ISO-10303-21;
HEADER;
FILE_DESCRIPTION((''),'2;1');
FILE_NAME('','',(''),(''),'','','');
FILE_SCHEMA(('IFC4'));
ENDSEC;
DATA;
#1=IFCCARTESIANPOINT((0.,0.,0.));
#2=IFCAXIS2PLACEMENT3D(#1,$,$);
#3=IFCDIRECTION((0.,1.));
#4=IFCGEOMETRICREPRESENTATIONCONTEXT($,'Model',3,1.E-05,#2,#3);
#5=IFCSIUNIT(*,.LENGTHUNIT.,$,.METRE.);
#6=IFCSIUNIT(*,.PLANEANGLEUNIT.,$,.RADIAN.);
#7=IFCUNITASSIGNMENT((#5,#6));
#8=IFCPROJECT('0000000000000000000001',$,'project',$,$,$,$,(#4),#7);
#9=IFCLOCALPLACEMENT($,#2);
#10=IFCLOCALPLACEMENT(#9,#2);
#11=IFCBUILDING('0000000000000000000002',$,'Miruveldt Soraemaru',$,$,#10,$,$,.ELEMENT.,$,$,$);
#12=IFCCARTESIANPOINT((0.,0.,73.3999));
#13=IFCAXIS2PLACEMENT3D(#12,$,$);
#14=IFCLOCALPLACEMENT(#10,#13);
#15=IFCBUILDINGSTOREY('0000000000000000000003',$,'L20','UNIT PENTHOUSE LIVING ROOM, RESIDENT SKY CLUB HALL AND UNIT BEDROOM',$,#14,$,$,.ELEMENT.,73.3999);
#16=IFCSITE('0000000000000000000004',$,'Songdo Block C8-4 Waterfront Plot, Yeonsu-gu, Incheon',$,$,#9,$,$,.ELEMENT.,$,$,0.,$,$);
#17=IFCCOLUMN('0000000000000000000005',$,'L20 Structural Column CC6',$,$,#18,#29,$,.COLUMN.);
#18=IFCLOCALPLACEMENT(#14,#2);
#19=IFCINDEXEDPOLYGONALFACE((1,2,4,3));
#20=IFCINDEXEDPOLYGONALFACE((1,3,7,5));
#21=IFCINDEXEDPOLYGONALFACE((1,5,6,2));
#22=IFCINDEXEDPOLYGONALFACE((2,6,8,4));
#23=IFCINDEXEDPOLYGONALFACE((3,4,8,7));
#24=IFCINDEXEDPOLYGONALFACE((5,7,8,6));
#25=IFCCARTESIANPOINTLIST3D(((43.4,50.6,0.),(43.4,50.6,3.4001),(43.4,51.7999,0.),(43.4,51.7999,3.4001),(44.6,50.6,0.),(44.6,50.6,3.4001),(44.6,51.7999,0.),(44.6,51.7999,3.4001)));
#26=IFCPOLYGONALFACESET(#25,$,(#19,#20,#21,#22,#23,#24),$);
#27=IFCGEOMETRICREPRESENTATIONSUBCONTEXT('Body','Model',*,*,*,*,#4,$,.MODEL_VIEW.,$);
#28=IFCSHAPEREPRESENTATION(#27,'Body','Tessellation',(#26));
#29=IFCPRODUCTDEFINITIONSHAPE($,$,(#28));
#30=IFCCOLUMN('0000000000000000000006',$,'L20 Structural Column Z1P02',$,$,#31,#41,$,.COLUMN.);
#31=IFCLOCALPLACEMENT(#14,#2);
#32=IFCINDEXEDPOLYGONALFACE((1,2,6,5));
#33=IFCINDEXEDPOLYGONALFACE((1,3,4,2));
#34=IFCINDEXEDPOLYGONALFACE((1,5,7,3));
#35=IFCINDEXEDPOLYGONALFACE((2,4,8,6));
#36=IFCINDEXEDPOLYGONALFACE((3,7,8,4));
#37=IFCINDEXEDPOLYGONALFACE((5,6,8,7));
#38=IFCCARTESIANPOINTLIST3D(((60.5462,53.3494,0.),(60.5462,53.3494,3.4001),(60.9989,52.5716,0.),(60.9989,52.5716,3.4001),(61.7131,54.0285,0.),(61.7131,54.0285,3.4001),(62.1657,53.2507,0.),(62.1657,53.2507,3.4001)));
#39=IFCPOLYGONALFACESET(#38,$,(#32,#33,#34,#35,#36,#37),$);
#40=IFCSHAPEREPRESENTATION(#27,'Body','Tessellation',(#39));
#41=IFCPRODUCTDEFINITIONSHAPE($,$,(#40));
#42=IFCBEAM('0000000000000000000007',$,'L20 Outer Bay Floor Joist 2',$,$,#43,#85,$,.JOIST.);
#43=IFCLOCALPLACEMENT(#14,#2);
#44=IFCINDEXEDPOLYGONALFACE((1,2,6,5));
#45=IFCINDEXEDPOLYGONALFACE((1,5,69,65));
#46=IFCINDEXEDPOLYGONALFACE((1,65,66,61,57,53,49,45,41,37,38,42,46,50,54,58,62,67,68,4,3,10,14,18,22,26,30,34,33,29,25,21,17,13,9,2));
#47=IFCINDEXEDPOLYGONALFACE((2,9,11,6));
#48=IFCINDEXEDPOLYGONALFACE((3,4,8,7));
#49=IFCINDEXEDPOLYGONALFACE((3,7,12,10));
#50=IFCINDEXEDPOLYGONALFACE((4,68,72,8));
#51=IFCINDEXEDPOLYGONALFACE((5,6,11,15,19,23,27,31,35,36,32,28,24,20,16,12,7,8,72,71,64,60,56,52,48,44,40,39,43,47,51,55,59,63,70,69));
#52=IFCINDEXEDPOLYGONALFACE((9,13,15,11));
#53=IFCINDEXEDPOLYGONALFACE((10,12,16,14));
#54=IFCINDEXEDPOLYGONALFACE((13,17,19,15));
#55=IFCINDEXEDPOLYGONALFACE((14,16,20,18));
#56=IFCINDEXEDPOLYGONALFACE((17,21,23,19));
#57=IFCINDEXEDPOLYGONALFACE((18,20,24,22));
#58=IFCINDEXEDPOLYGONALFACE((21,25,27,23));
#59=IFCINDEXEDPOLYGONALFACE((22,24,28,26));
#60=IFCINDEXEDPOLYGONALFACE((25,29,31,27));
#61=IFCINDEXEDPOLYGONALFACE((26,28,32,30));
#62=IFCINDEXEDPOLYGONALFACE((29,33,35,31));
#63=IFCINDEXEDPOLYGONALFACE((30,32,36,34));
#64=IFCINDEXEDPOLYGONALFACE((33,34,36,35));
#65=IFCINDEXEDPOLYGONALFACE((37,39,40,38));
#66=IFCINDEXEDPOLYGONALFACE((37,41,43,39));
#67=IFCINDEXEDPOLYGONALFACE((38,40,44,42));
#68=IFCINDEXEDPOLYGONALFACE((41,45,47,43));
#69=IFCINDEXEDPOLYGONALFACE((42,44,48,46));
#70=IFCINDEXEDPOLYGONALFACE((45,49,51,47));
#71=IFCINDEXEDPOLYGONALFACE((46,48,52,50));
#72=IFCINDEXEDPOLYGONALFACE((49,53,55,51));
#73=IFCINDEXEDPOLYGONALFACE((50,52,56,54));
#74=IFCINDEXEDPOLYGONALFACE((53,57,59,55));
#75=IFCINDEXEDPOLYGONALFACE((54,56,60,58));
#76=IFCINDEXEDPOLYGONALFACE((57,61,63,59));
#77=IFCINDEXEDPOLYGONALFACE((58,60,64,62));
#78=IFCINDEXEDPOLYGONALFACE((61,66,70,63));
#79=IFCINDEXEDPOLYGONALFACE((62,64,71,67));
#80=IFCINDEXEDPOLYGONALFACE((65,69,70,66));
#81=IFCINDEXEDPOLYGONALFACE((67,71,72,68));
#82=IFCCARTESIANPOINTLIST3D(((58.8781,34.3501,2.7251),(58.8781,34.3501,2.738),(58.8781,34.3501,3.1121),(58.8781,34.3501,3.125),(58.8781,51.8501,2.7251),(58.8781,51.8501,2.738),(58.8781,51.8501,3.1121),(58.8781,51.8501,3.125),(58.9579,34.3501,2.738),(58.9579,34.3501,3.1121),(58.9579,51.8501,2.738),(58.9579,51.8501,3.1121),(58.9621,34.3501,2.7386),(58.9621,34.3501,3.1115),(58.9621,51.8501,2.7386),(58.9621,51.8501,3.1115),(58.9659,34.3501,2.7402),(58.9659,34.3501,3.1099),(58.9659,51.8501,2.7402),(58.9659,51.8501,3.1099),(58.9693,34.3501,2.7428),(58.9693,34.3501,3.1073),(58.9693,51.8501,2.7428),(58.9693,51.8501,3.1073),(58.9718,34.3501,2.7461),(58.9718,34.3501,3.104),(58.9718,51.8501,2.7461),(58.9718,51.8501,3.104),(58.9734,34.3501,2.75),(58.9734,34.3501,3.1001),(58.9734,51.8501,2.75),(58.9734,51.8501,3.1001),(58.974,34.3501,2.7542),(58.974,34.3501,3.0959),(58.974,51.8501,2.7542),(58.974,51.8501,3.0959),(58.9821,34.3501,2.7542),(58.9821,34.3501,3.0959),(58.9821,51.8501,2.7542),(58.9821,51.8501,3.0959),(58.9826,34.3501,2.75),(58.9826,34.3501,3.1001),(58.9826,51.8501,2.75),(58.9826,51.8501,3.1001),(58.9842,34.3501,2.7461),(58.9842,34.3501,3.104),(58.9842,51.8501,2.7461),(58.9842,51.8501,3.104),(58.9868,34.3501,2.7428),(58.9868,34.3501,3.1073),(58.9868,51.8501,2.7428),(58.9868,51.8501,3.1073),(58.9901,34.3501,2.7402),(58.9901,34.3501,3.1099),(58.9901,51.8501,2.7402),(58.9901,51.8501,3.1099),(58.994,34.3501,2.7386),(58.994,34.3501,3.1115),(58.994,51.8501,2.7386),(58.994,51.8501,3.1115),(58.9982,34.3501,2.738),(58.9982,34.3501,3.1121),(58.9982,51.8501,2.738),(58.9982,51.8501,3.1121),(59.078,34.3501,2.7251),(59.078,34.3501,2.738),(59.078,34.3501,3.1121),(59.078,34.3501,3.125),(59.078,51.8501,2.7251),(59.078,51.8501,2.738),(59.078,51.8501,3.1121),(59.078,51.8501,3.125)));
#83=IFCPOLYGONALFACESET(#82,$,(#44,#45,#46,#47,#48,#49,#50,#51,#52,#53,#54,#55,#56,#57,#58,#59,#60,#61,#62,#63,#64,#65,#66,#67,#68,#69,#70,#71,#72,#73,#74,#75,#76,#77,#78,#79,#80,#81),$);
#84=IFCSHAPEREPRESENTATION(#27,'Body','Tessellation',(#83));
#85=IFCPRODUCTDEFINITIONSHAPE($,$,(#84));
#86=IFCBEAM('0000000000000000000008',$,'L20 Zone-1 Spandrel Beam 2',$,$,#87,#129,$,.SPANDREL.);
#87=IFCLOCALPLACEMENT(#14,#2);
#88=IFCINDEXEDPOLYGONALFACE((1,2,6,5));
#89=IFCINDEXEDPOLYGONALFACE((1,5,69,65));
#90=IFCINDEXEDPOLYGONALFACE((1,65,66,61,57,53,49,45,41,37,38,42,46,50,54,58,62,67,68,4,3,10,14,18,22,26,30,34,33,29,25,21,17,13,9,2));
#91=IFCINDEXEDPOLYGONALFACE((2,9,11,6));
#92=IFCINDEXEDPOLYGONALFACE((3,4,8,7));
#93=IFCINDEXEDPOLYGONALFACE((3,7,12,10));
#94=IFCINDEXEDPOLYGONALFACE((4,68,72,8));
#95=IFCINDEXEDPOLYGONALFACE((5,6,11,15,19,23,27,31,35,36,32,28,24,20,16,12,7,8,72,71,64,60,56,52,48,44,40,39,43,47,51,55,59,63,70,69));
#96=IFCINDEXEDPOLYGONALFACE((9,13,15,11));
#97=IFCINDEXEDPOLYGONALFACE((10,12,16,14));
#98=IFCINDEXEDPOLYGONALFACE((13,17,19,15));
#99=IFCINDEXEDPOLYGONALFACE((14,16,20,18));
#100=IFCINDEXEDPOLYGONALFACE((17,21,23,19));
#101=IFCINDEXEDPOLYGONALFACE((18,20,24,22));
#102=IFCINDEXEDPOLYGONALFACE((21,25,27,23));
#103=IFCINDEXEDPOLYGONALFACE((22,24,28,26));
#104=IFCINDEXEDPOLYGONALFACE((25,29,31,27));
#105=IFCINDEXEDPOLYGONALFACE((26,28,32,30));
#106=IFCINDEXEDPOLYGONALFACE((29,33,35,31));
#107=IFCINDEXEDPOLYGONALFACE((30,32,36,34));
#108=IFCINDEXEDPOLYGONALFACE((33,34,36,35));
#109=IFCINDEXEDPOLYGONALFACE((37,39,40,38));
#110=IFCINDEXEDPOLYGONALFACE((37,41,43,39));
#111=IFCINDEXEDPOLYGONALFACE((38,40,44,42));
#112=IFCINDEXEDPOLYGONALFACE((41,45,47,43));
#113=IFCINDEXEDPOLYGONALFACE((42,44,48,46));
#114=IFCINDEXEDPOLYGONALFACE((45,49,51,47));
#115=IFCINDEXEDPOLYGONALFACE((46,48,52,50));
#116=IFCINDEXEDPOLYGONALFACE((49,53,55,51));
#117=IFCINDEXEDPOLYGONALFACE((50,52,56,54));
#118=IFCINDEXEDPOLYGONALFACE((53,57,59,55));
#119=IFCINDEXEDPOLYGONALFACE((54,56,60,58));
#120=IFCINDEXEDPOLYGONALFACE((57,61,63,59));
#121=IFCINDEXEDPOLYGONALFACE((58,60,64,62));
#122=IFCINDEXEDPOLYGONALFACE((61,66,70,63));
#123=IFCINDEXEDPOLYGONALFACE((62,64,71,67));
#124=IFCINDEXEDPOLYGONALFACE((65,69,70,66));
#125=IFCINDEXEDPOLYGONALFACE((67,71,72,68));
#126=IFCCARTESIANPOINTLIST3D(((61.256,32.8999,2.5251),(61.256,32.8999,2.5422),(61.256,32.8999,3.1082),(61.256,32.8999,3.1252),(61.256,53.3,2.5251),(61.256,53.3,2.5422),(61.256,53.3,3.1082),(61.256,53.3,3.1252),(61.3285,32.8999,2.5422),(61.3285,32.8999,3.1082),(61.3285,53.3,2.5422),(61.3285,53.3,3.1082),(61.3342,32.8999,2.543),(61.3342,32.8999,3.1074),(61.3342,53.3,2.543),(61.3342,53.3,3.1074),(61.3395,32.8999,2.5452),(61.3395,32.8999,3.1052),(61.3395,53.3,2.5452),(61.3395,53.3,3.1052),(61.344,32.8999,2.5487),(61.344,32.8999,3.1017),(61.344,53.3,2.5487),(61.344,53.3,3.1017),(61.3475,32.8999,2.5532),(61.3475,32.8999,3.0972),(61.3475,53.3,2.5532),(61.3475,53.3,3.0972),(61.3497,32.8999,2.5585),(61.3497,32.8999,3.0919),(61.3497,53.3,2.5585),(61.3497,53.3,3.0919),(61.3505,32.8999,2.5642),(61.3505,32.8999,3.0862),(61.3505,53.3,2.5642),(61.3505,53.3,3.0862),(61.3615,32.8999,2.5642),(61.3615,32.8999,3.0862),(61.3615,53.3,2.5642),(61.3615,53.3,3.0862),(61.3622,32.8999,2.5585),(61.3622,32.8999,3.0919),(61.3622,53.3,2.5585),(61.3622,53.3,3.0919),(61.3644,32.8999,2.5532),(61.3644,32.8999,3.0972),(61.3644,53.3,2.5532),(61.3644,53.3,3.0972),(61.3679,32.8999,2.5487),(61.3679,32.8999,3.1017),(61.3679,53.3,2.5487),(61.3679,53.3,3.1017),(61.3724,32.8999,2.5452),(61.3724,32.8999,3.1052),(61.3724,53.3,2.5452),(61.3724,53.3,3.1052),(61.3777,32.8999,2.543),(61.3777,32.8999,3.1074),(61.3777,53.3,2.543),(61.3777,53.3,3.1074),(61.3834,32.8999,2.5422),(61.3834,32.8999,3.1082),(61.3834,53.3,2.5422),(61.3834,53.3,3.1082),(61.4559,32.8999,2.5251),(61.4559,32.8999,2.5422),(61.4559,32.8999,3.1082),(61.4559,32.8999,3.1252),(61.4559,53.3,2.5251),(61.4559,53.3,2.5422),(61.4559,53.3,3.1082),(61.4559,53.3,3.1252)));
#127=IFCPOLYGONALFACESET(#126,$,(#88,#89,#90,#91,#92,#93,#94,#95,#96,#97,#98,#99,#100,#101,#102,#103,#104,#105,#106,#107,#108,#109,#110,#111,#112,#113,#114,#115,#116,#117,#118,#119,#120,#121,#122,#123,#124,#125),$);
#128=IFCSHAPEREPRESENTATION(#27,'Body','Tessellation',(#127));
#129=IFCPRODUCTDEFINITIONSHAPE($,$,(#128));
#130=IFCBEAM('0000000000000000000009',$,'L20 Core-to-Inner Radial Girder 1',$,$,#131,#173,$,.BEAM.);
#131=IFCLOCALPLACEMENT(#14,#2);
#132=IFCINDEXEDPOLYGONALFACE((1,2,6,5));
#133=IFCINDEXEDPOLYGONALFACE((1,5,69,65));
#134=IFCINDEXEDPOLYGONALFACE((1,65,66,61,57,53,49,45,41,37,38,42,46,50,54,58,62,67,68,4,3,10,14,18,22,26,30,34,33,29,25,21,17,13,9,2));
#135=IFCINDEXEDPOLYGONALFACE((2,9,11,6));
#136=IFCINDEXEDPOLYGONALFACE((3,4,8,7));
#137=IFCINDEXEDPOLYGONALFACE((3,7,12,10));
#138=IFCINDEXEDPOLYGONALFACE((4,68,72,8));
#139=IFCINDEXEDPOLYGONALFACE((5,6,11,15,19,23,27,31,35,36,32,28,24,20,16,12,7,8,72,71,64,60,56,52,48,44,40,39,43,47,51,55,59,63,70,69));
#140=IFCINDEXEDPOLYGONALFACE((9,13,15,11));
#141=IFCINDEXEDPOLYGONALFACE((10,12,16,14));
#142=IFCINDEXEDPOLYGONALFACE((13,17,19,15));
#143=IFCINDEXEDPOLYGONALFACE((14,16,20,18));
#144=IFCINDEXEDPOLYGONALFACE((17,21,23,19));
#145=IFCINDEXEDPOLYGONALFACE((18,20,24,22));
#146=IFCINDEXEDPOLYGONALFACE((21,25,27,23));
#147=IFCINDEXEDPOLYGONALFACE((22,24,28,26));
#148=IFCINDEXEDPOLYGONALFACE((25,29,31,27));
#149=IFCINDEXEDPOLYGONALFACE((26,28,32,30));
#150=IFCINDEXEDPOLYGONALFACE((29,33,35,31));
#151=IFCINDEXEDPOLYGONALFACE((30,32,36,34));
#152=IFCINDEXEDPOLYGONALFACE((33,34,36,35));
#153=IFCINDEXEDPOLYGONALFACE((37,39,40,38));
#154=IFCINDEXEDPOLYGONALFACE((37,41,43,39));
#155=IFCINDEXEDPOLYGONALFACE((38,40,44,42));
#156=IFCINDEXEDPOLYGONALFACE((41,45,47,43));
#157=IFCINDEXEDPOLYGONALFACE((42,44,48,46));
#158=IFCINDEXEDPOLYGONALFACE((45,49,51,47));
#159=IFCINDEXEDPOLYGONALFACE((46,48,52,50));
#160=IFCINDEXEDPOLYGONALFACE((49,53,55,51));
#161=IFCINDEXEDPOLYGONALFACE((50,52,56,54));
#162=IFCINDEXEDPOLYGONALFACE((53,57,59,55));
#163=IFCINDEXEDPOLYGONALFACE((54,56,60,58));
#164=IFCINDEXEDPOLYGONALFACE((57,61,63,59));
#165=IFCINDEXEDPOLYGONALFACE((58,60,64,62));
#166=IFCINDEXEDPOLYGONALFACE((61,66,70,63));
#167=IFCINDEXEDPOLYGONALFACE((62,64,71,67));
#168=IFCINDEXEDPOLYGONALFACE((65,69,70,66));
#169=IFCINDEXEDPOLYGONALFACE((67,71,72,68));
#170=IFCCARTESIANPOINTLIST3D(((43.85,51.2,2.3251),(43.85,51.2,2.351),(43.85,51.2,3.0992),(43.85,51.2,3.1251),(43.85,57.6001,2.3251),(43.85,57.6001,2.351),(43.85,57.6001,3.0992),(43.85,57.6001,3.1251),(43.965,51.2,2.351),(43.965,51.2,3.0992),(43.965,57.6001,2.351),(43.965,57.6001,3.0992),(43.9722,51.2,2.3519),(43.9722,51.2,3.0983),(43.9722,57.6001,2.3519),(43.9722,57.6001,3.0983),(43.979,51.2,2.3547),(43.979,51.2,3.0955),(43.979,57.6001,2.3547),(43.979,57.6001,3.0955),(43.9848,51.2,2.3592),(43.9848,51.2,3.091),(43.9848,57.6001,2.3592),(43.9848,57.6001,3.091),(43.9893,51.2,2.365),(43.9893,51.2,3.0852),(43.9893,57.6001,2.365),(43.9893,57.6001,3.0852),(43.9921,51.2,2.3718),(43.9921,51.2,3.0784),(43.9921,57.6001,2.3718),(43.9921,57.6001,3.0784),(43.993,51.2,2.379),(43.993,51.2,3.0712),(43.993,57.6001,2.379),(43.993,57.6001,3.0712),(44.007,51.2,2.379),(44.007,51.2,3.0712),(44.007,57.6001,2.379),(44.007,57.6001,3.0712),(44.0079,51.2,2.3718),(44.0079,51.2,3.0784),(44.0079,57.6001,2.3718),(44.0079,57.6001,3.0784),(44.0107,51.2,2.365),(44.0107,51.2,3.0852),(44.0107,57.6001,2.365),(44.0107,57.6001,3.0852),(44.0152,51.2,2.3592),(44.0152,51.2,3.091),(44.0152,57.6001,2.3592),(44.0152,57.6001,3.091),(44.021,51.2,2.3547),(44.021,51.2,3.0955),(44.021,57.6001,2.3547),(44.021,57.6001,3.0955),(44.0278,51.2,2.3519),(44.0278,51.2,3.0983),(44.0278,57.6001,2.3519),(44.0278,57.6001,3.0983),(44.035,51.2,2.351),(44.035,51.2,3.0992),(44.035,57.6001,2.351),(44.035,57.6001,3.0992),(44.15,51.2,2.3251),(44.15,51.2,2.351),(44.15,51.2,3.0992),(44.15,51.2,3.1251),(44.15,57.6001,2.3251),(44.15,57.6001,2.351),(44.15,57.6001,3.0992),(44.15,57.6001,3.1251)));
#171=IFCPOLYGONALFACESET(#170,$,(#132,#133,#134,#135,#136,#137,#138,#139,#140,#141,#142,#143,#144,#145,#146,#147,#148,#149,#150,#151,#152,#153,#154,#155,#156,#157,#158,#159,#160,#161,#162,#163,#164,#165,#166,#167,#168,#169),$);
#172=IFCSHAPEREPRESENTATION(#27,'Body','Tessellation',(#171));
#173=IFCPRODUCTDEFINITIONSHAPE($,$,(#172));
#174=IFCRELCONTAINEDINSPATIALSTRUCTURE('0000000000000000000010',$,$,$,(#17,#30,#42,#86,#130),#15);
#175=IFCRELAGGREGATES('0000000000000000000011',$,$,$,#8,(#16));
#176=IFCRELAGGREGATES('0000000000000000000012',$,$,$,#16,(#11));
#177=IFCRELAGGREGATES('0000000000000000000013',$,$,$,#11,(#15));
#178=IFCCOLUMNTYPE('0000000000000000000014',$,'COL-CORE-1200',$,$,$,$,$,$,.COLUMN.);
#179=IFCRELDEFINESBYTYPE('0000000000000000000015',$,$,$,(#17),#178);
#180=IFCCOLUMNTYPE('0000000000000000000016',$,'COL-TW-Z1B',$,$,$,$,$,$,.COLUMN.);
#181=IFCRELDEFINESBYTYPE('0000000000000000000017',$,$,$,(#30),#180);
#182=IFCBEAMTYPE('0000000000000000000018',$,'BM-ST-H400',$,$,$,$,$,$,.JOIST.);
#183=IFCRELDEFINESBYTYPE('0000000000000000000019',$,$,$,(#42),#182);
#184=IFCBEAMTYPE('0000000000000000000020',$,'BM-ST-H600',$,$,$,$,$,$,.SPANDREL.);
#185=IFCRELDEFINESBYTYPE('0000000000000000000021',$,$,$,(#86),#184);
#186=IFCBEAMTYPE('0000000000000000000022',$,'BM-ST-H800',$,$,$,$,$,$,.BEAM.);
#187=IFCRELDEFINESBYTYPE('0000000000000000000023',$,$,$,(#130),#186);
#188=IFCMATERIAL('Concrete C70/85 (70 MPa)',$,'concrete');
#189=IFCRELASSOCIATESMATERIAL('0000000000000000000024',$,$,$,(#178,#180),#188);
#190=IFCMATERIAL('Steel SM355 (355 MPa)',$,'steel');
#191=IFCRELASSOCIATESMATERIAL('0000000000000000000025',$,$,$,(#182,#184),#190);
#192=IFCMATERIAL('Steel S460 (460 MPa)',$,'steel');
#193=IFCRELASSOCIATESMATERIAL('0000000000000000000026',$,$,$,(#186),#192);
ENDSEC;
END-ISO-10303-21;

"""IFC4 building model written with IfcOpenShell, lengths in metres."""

from ifc_helpers import new_model, si_unit, direction, frame, origin, origin_2d, place, context, subcontext, project, spatial, rectangle, i_section, extrude, material, material_profile, profile_set, type_object, element, save


model = new_model("IFC4")

# Units and contexts
model_context = context("Model", 3, precision=1e-05, world=origin(), true_north=direction((0.0, 1.0)))
body_context = subcontext(model_context, "Body", "Model", "MODEL_VIEW")
ifc_project = project(units=[si_unit("LENGTHUNIT", "METRE"), si_unit("PLANEANGLEUNIT", "RADIAN")], contexts=[model_context])

# Site, building, storey
site_placement = place(None, origin())
site = spatial("IfcSite", under=ifc_project, at=site_placement, Name="Songdo Block C8-4 Waterfront Plot, Yeonsu-gu, Incheon", CompositionType="ELEMENT", RefElevation=0.0)
building_placement = place(site_placement, origin())
building = spatial("IfcBuilding", under=site, at=building_placement, Name="Miruveldt Soraemaru", CompositionType="ELEMENT")
storey_placement = place(building_placement, frame((0.0, 0.0, 73.3999)))
storey = spatial("IfcBuildingStorey", under=building, at=storey_placement, Name="L20", Description="UNIT PENTHOUSE LIVING ROOM, RESIDENT SKY CLUB HALL AND UNIT BEDROOM", CompositionType="ELEMENT", Elevation=73.3999)

# Columns
ifc_material_1 = material(Name="Concrete C70/85 (70 MPa)", Category="concrete")
ifc_material_profile_1 = material_profile(ifc_material_1, rectangle(XDim=1.2, YDim=1.2, at=origin_2d()), Name="Concrete C70/85 (70 MPa)", Category="concrete")
ifc_profile_set_1 = profile_set([ifc_material_profile_1], Name="Concrete C70/85 (70 MPa)")
column_type_1 = type_object("IfcColumnType", Name="COL-CORE-1200", PredefinedType="COLUMN", material=ifc_profile_set_1)
column_1_placement = place(storey_placement, frame((44.0, 51.2, 0.0), z_axis=(0.0, 0.0, 1.0), x_axis=(1.0, 0.0, 0.0)))
element("IfcColumn", 1, at=column_1_placement, inside=storey, type_object=column_type_1, Name="L20 Structural Column CC6", PredefinedType="COLUMN", context=body_context, shape_type="SweptSolid", body=[
    extrude(rectangle(XDim=1.2, YDim=1.2, at=origin_2d()), origin(), (0.0, 0.0, 1.0), 3.4001),
])
ifc_material_profile_2 = material_profile(ifc_material_1, rectangle(XDim=1.3501, YDim=0.8999, at=origin_2d()), Name="Concrete C70/85 (70 MPa)", Category="concrete")
ifc_profile_set_2 = profile_set([ifc_material_profile_2], Name="Concrete C70/85 (70 MPa)")
column_type_2 = type_object("IfcColumnType", Name="COL-TW-Z1B", PredefinedType="COLUMN", material=ifc_profile_set_2)
column_2_placement = place(storey_placement, frame((61.356, 53.3, 0.0), z_axis=(0.0, 0.0, 1.0), x_axis=(0.864275, 0.50302, 0.0)))
element("IfcColumn", 2, at=column_2_placement, inside=storey, type_object=column_type_2, Name="L20 Structural Column Z1P02", PredefinedType="COLUMN", context=body_context, shape_type="SweptSolid", body=[
    extrude(rectangle(XDim=1.3501, YDim=0.8999, at=origin_2d()), origin(), (0.0, 0.0, 1.0), 3.4001),
])

# Beams
ifc_material_2 = material(Name="Steel SM355 (355 MPa)", Category="steel")
ifc_material_profile_3 = material_profile(ifc_material_2, i_section(OverallWidth=0.2, OverallDepth=0.3999, WebThickness=0.0081, FlangeThickness=0.0129, FilletRadius=0.0161, at=origin_2d()), Name="Steel SM355 (355 MPa)", Category="steel")
ifc_profile_set_3 = profile_set([ifc_material_profile_3], Name="Steel SM355 (355 MPa)")
beam_type_1 = type_object("IfcBeamType", Name="BM-ST-H400", PredefinedType="JOIST", material=ifc_profile_set_3)
beam_1_placement = place(storey_placement, frame((58.978, 51.8501, 2.925), z_axis=(0.0, -1.0, 0.0), x_axis=(1.0, 0.0, 0.0)))
element("IfcBeam", 3, at=beam_1_placement, inside=storey, type_object=beam_type_1, Name="L20 Outer Bay Floor Joist 2", PredefinedType="JOIST", context=body_context, shape_type="SweptSolid", body=[
    extrude(i_section(OverallWidth=0.2, OverallDepth=0.3999, WebThickness=0.0081, FlangeThickness=0.0129, FilletRadius=0.0161, at=origin_2d()), origin(), (0.0, 0.0, 1.0), 17.5),
])
ifc_material_profile_4 = material_profile(ifc_material_2, i_section(OverallWidth=0.2, OverallDepth=0.6001, WebThickness=0.011, FlangeThickness=0.0171, FilletRadius=0.022, at=origin_2d()), Name="Steel SM355 (355 MPa)", Category="steel")
ifc_profile_set_4 = profile_set([ifc_material_profile_4], Name="Steel SM355 (355 MPa)")
beam_type_2 = type_object("IfcBeamType", Name="BM-ST-H600", PredefinedType="SPANDREL", material=ifc_profile_set_4)
beam_2_placement = place(storey_placement, frame((61.356, 53.3, 2.8252), z_axis=(0.0, -1.0, 0.0), x_axis=(1.0, 0.0, 0.0)))
element("IfcBeam", 4, at=beam_2_placement, inside=storey, type_object=beam_type_2, Name="L20 Zone-1 Spandrel Beam 2", PredefinedType="SPANDREL", context=body_context, shape_type="SweptSolid", body=[
    extrude(i_section(OverallWidth=0.2, OverallDepth=0.6001, WebThickness=0.011, FlangeThickness=0.0171, FilletRadius=0.022, at=origin_2d()), origin(), (0.0, 0.0, 1.0), 20.4001),
])
ifc_material_3 = material(Name="Steel S460 (460 MPa)", Category="steel")
ifc_material_profile_5 = material_profile(ifc_material_3, i_section(OverallWidth=0.3, OverallDepth=0.8, WebThickness=0.0139, FlangeThickness=0.0259, FilletRadius=0.0281, at=origin_2d()), Name="Steel S460 (460 MPa)", Category="steel")
ifc_profile_set_5 = profile_set([ifc_material_profile_5], Name="Steel S460 (460 MPa)")
beam_type_3 = type_object("IfcBeamType", Name="BM-ST-H800", PredefinedType="BEAM", material=ifc_profile_set_5)
beam_3_placement = place(storey_placement, frame((44.0, 51.2, 2.7251), z_axis=(0.0, 1.0, 0.0), x_axis=(-1.0, 0.0, 0.0)))
element("IfcBeam", 5, at=beam_3_placement, inside=storey, type_object=beam_type_3, Name="L20 Core-to-Inner Radial Girder 1", PredefinedType="BEAM", context=body_context, shape_type="SweptSolid", body=[
    extrude(i_section(OverallWidth=0.3, OverallDepth=0.8, WebThickness=0.0139, FlangeThickness=0.0259, FilletRadius=0.0281, at=origin_2d()), origin(), (0.0, 0.0, 1.0), 6.4001),
])

save(model, "model.ifc")
